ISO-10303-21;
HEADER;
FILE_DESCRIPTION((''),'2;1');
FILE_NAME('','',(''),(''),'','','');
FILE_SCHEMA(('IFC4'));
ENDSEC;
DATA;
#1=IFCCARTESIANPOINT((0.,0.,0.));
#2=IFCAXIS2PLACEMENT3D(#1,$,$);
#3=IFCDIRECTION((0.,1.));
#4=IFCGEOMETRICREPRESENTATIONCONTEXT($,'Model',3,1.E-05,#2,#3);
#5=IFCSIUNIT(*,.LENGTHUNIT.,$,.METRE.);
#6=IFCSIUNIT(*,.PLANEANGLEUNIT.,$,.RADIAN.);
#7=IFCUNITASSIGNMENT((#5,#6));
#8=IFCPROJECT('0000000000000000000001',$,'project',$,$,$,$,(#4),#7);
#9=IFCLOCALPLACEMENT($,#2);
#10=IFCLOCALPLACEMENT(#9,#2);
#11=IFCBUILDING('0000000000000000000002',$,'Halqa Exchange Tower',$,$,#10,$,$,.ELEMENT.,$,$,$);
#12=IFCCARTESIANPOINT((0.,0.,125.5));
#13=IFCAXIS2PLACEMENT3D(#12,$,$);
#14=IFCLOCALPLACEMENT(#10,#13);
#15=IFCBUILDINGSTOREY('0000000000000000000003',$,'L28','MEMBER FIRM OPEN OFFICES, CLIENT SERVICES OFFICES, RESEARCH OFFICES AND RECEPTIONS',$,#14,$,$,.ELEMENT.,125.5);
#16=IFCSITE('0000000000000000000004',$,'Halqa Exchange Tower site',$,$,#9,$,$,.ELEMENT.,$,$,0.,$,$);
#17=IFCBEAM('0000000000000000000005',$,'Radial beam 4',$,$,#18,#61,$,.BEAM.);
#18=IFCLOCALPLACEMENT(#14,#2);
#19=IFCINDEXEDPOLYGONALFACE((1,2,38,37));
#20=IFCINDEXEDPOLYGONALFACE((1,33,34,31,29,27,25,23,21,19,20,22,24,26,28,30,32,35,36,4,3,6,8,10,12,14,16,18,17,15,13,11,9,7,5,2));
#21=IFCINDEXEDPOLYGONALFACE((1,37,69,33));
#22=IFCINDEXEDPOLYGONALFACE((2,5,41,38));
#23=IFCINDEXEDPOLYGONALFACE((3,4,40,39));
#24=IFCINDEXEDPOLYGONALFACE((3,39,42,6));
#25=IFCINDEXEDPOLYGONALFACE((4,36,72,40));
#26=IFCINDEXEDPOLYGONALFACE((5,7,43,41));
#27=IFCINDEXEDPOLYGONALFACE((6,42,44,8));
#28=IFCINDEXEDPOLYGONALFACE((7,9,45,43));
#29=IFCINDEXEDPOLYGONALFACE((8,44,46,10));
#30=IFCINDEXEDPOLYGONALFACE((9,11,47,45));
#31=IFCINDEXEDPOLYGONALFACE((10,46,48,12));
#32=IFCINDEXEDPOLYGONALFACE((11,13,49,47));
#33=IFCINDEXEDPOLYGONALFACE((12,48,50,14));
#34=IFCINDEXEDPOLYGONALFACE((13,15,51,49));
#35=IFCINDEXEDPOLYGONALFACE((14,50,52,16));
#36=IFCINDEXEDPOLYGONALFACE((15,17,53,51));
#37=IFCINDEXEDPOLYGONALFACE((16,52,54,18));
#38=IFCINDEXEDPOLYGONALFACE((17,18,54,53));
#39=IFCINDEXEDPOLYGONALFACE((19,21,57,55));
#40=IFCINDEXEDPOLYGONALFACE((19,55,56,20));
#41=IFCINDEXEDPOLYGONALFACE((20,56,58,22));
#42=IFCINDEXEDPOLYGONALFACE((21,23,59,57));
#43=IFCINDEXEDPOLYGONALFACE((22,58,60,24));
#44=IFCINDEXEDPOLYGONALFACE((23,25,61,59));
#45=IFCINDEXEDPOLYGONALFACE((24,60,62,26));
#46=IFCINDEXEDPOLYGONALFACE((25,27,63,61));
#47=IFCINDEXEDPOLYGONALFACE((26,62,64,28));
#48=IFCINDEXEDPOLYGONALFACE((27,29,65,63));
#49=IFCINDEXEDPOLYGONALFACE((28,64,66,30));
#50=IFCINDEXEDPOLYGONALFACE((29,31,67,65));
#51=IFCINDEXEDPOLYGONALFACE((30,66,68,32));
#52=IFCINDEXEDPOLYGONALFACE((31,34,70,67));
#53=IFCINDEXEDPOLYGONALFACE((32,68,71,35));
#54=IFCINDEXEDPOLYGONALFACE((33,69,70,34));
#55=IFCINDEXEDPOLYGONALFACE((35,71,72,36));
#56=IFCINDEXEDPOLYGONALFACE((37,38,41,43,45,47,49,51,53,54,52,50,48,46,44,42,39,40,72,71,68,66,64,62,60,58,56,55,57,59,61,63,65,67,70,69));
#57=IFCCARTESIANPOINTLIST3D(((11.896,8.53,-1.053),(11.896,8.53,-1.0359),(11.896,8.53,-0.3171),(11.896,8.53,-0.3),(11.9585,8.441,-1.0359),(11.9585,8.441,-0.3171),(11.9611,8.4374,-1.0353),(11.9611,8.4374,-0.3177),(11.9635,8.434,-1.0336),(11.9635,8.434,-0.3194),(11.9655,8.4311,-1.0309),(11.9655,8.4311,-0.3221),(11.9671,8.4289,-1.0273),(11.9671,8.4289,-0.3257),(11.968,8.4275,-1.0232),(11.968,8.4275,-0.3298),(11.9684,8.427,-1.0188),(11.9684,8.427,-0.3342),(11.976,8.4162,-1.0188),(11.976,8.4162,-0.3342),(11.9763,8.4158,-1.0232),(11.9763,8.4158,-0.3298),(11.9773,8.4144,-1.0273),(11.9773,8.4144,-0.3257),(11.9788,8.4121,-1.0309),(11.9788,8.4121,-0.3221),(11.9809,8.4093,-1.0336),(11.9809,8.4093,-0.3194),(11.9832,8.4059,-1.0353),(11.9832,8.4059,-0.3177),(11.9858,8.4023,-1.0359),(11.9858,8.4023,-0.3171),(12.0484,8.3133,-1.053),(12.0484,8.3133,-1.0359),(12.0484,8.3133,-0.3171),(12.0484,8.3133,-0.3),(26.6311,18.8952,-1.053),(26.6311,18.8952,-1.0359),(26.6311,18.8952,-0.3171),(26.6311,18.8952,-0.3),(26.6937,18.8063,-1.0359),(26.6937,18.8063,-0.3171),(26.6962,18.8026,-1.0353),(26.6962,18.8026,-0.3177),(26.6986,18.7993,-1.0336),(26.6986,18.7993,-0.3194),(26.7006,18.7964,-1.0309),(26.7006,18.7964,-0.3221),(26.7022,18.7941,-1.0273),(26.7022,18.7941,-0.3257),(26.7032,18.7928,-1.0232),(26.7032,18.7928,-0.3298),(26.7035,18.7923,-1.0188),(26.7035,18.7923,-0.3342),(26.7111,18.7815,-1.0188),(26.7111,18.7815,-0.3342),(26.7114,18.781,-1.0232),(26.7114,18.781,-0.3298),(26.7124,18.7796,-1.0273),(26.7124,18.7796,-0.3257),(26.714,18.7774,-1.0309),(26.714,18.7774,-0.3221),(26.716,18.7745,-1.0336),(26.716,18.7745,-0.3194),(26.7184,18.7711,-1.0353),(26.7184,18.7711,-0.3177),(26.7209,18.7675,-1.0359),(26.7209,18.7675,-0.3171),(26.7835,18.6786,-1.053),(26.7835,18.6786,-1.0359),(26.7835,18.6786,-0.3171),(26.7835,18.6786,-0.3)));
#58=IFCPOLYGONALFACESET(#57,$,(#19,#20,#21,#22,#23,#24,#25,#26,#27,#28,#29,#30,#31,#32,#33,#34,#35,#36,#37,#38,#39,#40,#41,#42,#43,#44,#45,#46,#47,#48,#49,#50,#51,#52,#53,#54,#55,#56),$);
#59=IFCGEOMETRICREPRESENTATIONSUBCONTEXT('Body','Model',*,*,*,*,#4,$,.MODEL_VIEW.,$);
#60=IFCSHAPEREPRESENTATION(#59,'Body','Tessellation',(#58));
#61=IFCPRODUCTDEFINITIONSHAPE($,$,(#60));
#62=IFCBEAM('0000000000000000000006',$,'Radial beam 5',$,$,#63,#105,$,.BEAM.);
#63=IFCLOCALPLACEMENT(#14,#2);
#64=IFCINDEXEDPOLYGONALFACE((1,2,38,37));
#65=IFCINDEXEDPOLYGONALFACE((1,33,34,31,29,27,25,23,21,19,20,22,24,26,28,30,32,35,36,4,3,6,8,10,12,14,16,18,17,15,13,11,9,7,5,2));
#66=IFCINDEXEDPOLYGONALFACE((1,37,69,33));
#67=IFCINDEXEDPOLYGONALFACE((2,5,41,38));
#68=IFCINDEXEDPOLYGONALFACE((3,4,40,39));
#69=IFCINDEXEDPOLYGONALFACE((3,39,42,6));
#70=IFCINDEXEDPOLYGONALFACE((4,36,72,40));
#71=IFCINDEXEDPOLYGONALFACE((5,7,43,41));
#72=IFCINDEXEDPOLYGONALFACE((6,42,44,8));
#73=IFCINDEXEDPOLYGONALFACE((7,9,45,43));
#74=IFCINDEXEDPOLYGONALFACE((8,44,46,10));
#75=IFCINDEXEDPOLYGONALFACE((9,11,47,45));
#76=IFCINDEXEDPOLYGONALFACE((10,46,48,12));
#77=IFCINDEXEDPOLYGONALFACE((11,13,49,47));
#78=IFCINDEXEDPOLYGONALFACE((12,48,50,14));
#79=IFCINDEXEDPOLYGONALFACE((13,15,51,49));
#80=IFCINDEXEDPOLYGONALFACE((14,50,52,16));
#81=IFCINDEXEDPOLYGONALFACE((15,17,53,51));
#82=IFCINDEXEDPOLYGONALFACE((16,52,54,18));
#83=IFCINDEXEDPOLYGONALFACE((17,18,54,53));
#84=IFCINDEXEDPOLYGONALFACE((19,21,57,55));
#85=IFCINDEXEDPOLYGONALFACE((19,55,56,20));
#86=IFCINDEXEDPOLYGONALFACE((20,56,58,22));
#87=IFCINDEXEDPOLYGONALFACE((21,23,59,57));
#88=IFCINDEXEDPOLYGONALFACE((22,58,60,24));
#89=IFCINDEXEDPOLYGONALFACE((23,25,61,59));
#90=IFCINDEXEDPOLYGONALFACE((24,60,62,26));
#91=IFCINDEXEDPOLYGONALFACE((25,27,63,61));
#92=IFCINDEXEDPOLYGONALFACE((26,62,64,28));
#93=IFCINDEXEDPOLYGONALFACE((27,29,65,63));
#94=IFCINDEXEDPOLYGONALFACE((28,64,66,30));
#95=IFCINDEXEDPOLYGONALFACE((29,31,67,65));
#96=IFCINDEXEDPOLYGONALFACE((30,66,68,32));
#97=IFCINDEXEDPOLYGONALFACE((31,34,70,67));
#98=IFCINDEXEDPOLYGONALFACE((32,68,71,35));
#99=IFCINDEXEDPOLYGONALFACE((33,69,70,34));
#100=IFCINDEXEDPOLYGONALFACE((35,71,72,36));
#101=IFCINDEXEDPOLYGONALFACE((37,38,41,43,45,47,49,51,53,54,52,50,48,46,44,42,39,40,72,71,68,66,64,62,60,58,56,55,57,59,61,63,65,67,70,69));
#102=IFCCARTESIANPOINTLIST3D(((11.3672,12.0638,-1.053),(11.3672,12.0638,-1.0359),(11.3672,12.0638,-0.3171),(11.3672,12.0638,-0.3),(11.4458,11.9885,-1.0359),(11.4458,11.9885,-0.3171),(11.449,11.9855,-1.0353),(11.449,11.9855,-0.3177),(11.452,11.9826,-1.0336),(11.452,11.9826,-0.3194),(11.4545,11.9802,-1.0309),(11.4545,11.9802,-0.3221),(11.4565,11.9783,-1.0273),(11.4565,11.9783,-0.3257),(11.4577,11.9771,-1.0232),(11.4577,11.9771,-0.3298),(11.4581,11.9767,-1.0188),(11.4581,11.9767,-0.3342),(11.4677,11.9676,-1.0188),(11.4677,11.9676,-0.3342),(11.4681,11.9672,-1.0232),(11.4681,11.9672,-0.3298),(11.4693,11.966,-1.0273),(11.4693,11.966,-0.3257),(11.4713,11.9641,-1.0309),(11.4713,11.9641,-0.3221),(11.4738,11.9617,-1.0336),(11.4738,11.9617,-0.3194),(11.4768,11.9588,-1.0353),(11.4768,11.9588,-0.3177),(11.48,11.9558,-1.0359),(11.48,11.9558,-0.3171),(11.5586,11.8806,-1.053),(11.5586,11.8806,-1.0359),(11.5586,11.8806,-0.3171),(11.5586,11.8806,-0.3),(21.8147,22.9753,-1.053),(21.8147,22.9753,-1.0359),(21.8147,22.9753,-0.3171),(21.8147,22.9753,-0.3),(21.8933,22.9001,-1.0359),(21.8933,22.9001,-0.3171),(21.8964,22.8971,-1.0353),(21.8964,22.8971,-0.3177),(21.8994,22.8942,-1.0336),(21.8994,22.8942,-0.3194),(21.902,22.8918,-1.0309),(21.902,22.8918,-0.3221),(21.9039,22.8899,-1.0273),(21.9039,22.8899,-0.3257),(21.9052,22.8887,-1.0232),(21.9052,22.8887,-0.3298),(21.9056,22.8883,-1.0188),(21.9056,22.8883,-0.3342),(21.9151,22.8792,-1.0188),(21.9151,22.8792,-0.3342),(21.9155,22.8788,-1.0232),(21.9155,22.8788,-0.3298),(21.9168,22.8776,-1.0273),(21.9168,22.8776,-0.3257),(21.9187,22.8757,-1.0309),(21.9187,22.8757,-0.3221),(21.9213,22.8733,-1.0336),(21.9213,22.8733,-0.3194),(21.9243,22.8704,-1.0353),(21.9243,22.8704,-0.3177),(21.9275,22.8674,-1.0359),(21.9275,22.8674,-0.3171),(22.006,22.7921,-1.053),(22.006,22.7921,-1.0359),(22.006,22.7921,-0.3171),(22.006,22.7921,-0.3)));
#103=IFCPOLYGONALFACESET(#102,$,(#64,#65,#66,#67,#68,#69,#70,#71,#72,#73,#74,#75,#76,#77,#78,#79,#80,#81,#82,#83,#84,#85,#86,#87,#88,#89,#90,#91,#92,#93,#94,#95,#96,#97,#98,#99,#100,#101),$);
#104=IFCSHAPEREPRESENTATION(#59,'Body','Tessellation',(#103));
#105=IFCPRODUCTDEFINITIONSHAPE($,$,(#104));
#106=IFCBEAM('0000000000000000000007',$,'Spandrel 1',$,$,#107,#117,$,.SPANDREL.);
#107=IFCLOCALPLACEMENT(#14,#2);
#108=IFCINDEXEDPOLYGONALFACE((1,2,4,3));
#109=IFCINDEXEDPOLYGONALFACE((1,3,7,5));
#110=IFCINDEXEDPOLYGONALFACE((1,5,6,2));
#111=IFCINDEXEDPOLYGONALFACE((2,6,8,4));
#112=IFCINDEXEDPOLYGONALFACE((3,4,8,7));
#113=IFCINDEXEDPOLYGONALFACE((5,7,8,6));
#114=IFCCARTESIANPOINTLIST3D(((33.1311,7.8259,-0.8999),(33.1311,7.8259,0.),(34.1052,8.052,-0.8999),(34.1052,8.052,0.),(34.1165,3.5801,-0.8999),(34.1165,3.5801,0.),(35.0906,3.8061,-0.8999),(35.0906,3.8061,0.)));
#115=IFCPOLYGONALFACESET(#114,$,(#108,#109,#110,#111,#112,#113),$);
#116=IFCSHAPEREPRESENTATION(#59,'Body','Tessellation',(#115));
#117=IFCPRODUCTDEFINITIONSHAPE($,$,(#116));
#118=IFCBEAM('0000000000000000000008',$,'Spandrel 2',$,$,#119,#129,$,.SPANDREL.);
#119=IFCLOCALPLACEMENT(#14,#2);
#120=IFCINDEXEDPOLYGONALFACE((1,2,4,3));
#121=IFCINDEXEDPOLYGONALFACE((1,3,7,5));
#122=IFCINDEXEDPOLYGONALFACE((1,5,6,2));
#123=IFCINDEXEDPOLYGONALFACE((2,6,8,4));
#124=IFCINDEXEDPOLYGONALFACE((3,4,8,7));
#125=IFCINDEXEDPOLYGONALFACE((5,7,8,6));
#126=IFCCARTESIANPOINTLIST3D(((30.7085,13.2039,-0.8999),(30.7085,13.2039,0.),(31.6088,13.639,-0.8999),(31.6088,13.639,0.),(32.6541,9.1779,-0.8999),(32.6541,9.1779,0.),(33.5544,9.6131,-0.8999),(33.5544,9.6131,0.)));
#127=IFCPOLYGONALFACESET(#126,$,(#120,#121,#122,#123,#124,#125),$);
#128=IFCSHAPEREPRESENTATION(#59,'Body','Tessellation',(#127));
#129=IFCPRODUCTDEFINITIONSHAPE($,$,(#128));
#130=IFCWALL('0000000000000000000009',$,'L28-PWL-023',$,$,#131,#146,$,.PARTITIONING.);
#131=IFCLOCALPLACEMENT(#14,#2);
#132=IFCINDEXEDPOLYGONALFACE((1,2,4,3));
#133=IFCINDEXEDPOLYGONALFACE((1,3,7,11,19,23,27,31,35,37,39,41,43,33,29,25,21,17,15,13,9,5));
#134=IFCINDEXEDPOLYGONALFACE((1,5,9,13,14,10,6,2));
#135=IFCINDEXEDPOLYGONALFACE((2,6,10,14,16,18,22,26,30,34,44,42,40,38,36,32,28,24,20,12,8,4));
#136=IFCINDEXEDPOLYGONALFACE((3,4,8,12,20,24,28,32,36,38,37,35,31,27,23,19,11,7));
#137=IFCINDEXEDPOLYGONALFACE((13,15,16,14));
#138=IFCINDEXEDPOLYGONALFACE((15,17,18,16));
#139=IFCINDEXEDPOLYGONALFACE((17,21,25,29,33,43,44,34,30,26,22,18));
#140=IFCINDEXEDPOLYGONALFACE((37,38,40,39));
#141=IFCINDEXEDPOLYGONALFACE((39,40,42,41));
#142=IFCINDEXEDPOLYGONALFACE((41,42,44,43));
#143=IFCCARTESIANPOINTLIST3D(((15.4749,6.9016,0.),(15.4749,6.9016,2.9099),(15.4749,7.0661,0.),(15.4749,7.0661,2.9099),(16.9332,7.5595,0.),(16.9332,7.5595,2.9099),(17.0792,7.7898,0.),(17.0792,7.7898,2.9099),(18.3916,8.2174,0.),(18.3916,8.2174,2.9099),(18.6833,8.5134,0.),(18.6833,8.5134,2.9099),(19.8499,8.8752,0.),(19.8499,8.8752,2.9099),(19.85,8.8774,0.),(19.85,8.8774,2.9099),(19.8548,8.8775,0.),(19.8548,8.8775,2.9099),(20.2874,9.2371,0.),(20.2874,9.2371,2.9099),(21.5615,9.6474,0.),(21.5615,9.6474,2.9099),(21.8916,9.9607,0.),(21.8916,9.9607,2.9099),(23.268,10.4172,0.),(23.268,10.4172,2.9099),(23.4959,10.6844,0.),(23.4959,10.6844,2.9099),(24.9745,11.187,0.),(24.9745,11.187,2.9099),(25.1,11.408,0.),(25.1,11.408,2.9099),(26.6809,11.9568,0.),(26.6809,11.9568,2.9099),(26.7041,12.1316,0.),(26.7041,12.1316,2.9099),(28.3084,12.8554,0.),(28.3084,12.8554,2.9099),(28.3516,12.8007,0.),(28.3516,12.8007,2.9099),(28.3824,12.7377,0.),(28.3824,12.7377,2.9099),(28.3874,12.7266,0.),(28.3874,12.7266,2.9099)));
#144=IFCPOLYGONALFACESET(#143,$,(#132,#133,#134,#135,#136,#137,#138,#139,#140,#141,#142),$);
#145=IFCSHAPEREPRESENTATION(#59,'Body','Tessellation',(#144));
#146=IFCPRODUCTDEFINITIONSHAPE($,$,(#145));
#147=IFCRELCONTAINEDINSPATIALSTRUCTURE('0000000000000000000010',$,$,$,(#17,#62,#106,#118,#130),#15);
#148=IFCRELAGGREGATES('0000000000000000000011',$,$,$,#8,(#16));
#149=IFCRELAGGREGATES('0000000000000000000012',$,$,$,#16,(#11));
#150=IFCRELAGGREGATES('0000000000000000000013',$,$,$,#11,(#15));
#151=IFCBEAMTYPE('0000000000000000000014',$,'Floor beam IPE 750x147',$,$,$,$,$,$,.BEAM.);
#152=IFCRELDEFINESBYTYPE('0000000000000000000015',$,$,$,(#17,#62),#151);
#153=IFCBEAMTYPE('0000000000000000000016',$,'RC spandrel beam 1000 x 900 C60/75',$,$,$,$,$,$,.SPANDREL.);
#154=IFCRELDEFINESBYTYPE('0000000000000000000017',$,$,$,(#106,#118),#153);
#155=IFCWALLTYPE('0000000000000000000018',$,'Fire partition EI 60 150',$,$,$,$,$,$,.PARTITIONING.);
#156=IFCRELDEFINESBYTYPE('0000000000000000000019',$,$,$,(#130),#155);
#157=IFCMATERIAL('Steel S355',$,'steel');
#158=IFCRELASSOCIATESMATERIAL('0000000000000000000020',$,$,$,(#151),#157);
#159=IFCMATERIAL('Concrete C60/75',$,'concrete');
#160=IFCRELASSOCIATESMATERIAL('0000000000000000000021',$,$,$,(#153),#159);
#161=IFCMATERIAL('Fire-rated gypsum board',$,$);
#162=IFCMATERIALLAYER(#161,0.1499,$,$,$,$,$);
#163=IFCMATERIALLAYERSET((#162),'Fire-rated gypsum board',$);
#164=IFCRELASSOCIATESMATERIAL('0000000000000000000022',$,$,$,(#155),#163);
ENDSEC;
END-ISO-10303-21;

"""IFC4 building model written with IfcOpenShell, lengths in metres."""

from ifc_helpers import new_model, si_unit, direction, frame, origin, origin_2d, place, context, subcontext, project, spatial, polyline, rectangle, i_section, outline, extrude, material, layer, layer_set, material_profile, profile_set, type_object, element, save


model = new_model("IFC4")

# Units and contexts
model_context = context("Model", 3, precision=1e-05, world=origin(), true_north=direction((0.0, 1.0)))
body_context = subcontext(model_context, "Body", "Model", "MODEL_VIEW")
ifc_project = project(units=[si_unit("LENGTHUNIT", "METRE"), si_unit("PLANEANGLEUNIT", "RADIAN")], contexts=[model_context])

# Site, building, storey
site_placement = place(None, origin())
site = spatial("IfcSite", under=ifc_project, at=site_placement, Name="Halqa Exchange Tower site", CompositionType="ELEMENT", RefElevation=0.0)
building_placement = place(site_placement, origin())
building = spatial("IfcBuilding", under=site, at=building_placement, Name="Halqa Exchange Tower", CompositionType="ELEMENT")
storey_placement = place(building_placement, frame((0.0, 0.0, 125.5)))
storey = spatial("IfcBuildingStorey", under=building, at=storey_placement, Name="L28", Description="MEMBER FIRM OPEN OFFICES, CLIENT SERVICES OFFICES, RESEARCH OFFICES AND RECEPTIONS", CompositionType="ELEMENT", Elevation=125.5)

# Beams
ifc_material_1 = material(Name="Steel S355", Category="steel")
ifc_material_profile_1 = material_profile(ifc_material_1, i_section(OverallWidth=0.2649, OverallDepth=0.7529, WebThickness=0.0132, FlangeThickness=0.0171, FilletRadius=0.0171, at=origin_2d()), Name="IPE 750x147")
ifc_profile_set_1 = profile_set([ifc_material_profile_1], Name="Steel S355")
beam_type_1 = type_object("IfcBeamType", Name="Floor beam IPE 750x147", PredefinedType="BEAM", material=ifc_profile_set_1)
beam_1_placement = place(storey_placement, frame((11.9722, 8.4216, -0.6765), z_axis=(0.817909, 0.575348, 0.0), x_axis=(-0.575348, 0.817909, 0.0)))
element("IfcBeam", 1, at=beam_1_placement, inside=storey, type_object=beam_type_1, Name="Radial beam 4", PredefinedType="BEAM", context=body_context, shape_type="SweptSolid", body=[
    extrude(i_section(OverallWidth=0.2649, OverallDepth=0.7529, WebThickness=0.0132, FlangeThickness=0.0171, FilletRadius=0.0171, at=origin_2d()), origin(), (0.0, 0.0, 1.0), 18.0156),
])
beam_2_placement = place(storey_placement, frame((11.4629, 11.9722, -0.6765), z_axis=(0.691579, 0.722301, 0.0), x_axis=(-0.722301, 0.691579, 0.0)))
element("IfcBeam", 2, at=beam_2_placement, inside=storey, type_object=beam_type_1, Name="Radial beam 5", PredefinedType="BEAM", context=body_context, shape_type="SweptSolid", body=[
    extrude(i_section(OverallWidth=0.2649, OverallDepth=0.7529, WebThickness=0.0132, FlangeThickness=0.0171, FilletRadius=0.0171, at=origin_2d()), origin(), (0.0, 0.0, 1.0), 15.1067),
])
ifc_material_2 = material(Name="Concrete C60/75", Category="concrete")
ifc_material_profile_2 = material_profile(ifc_material_2, rectangle(XDim=1.0, YDim=0.8999, at=origin_2d()), Name="1000 x 900")
ifc_profile_set_2 = profile_set([ifc_material_profile_2], Name="Concrete C60/75")
beam_type_2 = type_object("IfcBeamType", Name="RC spandrel beam 1000 x 900 C60/75", PredefinedType="SPANDREL", material=ifc_profile_set_2)
beam_3_placement = place(storey_placement, frame((34.6035, 3.6931, -0.45), z_axis=(-0.226066, 0.974112, 0.0), x_axis=(-0.974112, -0.226066, 0.0)))
element("IfcBeam", 3, at=beam_3_placement, inside=storey, type_object=beam_type_2, Name="Spandrel 1", PredefinedType="SPANDREL", context=body_context, shape_type="SweptSolid", body=[
    extrude(rectangle(XDim=1.0, YDim=0.8999, at=origin_2d()), origin(), (0.0, 0.0, 1.0), 4.3586),
])
beam_4_placement = place(storey_placement, frame((33.1042, 9.3955, -0.45), z_axis=(-0.435117, 0.900374, 0.0), x_axis=(-0.900374, -0.435117, 0.0)))
element("IfcBeam", 4, at=beam_4_placement, inside=storey, type_object=beam_type_2, Name="Spandrel 2", PredefinedType="SPANDREL", context=body_context, shape_type="SweptSolid", body=[
    extrude(rectangle(XDim=1.0, YDim=0.8999, at=origin_2d()), origin(), (0.0, 0.0, 1.0), 4.4714),
])

# Wall
ifc_material_3 = material(Name="Fire-rated gypsum board")
ifc_layer_1 = layer(ifc_material_3, 0.1499)
ifc_layer_set_1 = layer_set([ifc_layer_1], Name="Fire-rated gypsum board")
wall_type_1 = type_object("IfcWallType", Name="Fire partition EI 60 150", PredefinedType="PARTITIONING", material=ifc_layer_set_1)
wall_1_placement = place(storey_placement, frame((15.4441, 6.97, 0.0), z_axis=(0.0, 0.0, 1.0), x_axis=(0.911544, 0.411203, 0.0)))
element("IfcWall", 5, at=wall_1_placement, inside=storey, type_object=wall_type_1, Name="L28-PWL-023", PredefinedType="PARTITIONING", context=body_context, shape_type="SweptSolid", body=[
    extrude(outline(polyline([(0.0, -0.075), (1.5999, -0.075), (3.1997, -0.075), (4.7996, -0.075), (4.8005, -0.073), (4.8049, -0.075), (6.6772, -0.075), (8.5493, -0.075), (10.4214, -0.075), (12.2935, -0.075), (14.1655, -0.075), (14.1655, -0.0627), (14.1633, 0.0073), (14.1465, 0.075), (12.3865, 0.075), (10.6267, 0.075), (8.8669, 0.075), (7.1069, 0.075), (5.3472, 0.075), (3.5874, 0.075), (1.8276, 0.075), (0.0676, 0.075), (0.0, -0.075)])), origin(), (0.0, 0.0, 1.0), 2.9099),
])

save(model, "model.ifc")
